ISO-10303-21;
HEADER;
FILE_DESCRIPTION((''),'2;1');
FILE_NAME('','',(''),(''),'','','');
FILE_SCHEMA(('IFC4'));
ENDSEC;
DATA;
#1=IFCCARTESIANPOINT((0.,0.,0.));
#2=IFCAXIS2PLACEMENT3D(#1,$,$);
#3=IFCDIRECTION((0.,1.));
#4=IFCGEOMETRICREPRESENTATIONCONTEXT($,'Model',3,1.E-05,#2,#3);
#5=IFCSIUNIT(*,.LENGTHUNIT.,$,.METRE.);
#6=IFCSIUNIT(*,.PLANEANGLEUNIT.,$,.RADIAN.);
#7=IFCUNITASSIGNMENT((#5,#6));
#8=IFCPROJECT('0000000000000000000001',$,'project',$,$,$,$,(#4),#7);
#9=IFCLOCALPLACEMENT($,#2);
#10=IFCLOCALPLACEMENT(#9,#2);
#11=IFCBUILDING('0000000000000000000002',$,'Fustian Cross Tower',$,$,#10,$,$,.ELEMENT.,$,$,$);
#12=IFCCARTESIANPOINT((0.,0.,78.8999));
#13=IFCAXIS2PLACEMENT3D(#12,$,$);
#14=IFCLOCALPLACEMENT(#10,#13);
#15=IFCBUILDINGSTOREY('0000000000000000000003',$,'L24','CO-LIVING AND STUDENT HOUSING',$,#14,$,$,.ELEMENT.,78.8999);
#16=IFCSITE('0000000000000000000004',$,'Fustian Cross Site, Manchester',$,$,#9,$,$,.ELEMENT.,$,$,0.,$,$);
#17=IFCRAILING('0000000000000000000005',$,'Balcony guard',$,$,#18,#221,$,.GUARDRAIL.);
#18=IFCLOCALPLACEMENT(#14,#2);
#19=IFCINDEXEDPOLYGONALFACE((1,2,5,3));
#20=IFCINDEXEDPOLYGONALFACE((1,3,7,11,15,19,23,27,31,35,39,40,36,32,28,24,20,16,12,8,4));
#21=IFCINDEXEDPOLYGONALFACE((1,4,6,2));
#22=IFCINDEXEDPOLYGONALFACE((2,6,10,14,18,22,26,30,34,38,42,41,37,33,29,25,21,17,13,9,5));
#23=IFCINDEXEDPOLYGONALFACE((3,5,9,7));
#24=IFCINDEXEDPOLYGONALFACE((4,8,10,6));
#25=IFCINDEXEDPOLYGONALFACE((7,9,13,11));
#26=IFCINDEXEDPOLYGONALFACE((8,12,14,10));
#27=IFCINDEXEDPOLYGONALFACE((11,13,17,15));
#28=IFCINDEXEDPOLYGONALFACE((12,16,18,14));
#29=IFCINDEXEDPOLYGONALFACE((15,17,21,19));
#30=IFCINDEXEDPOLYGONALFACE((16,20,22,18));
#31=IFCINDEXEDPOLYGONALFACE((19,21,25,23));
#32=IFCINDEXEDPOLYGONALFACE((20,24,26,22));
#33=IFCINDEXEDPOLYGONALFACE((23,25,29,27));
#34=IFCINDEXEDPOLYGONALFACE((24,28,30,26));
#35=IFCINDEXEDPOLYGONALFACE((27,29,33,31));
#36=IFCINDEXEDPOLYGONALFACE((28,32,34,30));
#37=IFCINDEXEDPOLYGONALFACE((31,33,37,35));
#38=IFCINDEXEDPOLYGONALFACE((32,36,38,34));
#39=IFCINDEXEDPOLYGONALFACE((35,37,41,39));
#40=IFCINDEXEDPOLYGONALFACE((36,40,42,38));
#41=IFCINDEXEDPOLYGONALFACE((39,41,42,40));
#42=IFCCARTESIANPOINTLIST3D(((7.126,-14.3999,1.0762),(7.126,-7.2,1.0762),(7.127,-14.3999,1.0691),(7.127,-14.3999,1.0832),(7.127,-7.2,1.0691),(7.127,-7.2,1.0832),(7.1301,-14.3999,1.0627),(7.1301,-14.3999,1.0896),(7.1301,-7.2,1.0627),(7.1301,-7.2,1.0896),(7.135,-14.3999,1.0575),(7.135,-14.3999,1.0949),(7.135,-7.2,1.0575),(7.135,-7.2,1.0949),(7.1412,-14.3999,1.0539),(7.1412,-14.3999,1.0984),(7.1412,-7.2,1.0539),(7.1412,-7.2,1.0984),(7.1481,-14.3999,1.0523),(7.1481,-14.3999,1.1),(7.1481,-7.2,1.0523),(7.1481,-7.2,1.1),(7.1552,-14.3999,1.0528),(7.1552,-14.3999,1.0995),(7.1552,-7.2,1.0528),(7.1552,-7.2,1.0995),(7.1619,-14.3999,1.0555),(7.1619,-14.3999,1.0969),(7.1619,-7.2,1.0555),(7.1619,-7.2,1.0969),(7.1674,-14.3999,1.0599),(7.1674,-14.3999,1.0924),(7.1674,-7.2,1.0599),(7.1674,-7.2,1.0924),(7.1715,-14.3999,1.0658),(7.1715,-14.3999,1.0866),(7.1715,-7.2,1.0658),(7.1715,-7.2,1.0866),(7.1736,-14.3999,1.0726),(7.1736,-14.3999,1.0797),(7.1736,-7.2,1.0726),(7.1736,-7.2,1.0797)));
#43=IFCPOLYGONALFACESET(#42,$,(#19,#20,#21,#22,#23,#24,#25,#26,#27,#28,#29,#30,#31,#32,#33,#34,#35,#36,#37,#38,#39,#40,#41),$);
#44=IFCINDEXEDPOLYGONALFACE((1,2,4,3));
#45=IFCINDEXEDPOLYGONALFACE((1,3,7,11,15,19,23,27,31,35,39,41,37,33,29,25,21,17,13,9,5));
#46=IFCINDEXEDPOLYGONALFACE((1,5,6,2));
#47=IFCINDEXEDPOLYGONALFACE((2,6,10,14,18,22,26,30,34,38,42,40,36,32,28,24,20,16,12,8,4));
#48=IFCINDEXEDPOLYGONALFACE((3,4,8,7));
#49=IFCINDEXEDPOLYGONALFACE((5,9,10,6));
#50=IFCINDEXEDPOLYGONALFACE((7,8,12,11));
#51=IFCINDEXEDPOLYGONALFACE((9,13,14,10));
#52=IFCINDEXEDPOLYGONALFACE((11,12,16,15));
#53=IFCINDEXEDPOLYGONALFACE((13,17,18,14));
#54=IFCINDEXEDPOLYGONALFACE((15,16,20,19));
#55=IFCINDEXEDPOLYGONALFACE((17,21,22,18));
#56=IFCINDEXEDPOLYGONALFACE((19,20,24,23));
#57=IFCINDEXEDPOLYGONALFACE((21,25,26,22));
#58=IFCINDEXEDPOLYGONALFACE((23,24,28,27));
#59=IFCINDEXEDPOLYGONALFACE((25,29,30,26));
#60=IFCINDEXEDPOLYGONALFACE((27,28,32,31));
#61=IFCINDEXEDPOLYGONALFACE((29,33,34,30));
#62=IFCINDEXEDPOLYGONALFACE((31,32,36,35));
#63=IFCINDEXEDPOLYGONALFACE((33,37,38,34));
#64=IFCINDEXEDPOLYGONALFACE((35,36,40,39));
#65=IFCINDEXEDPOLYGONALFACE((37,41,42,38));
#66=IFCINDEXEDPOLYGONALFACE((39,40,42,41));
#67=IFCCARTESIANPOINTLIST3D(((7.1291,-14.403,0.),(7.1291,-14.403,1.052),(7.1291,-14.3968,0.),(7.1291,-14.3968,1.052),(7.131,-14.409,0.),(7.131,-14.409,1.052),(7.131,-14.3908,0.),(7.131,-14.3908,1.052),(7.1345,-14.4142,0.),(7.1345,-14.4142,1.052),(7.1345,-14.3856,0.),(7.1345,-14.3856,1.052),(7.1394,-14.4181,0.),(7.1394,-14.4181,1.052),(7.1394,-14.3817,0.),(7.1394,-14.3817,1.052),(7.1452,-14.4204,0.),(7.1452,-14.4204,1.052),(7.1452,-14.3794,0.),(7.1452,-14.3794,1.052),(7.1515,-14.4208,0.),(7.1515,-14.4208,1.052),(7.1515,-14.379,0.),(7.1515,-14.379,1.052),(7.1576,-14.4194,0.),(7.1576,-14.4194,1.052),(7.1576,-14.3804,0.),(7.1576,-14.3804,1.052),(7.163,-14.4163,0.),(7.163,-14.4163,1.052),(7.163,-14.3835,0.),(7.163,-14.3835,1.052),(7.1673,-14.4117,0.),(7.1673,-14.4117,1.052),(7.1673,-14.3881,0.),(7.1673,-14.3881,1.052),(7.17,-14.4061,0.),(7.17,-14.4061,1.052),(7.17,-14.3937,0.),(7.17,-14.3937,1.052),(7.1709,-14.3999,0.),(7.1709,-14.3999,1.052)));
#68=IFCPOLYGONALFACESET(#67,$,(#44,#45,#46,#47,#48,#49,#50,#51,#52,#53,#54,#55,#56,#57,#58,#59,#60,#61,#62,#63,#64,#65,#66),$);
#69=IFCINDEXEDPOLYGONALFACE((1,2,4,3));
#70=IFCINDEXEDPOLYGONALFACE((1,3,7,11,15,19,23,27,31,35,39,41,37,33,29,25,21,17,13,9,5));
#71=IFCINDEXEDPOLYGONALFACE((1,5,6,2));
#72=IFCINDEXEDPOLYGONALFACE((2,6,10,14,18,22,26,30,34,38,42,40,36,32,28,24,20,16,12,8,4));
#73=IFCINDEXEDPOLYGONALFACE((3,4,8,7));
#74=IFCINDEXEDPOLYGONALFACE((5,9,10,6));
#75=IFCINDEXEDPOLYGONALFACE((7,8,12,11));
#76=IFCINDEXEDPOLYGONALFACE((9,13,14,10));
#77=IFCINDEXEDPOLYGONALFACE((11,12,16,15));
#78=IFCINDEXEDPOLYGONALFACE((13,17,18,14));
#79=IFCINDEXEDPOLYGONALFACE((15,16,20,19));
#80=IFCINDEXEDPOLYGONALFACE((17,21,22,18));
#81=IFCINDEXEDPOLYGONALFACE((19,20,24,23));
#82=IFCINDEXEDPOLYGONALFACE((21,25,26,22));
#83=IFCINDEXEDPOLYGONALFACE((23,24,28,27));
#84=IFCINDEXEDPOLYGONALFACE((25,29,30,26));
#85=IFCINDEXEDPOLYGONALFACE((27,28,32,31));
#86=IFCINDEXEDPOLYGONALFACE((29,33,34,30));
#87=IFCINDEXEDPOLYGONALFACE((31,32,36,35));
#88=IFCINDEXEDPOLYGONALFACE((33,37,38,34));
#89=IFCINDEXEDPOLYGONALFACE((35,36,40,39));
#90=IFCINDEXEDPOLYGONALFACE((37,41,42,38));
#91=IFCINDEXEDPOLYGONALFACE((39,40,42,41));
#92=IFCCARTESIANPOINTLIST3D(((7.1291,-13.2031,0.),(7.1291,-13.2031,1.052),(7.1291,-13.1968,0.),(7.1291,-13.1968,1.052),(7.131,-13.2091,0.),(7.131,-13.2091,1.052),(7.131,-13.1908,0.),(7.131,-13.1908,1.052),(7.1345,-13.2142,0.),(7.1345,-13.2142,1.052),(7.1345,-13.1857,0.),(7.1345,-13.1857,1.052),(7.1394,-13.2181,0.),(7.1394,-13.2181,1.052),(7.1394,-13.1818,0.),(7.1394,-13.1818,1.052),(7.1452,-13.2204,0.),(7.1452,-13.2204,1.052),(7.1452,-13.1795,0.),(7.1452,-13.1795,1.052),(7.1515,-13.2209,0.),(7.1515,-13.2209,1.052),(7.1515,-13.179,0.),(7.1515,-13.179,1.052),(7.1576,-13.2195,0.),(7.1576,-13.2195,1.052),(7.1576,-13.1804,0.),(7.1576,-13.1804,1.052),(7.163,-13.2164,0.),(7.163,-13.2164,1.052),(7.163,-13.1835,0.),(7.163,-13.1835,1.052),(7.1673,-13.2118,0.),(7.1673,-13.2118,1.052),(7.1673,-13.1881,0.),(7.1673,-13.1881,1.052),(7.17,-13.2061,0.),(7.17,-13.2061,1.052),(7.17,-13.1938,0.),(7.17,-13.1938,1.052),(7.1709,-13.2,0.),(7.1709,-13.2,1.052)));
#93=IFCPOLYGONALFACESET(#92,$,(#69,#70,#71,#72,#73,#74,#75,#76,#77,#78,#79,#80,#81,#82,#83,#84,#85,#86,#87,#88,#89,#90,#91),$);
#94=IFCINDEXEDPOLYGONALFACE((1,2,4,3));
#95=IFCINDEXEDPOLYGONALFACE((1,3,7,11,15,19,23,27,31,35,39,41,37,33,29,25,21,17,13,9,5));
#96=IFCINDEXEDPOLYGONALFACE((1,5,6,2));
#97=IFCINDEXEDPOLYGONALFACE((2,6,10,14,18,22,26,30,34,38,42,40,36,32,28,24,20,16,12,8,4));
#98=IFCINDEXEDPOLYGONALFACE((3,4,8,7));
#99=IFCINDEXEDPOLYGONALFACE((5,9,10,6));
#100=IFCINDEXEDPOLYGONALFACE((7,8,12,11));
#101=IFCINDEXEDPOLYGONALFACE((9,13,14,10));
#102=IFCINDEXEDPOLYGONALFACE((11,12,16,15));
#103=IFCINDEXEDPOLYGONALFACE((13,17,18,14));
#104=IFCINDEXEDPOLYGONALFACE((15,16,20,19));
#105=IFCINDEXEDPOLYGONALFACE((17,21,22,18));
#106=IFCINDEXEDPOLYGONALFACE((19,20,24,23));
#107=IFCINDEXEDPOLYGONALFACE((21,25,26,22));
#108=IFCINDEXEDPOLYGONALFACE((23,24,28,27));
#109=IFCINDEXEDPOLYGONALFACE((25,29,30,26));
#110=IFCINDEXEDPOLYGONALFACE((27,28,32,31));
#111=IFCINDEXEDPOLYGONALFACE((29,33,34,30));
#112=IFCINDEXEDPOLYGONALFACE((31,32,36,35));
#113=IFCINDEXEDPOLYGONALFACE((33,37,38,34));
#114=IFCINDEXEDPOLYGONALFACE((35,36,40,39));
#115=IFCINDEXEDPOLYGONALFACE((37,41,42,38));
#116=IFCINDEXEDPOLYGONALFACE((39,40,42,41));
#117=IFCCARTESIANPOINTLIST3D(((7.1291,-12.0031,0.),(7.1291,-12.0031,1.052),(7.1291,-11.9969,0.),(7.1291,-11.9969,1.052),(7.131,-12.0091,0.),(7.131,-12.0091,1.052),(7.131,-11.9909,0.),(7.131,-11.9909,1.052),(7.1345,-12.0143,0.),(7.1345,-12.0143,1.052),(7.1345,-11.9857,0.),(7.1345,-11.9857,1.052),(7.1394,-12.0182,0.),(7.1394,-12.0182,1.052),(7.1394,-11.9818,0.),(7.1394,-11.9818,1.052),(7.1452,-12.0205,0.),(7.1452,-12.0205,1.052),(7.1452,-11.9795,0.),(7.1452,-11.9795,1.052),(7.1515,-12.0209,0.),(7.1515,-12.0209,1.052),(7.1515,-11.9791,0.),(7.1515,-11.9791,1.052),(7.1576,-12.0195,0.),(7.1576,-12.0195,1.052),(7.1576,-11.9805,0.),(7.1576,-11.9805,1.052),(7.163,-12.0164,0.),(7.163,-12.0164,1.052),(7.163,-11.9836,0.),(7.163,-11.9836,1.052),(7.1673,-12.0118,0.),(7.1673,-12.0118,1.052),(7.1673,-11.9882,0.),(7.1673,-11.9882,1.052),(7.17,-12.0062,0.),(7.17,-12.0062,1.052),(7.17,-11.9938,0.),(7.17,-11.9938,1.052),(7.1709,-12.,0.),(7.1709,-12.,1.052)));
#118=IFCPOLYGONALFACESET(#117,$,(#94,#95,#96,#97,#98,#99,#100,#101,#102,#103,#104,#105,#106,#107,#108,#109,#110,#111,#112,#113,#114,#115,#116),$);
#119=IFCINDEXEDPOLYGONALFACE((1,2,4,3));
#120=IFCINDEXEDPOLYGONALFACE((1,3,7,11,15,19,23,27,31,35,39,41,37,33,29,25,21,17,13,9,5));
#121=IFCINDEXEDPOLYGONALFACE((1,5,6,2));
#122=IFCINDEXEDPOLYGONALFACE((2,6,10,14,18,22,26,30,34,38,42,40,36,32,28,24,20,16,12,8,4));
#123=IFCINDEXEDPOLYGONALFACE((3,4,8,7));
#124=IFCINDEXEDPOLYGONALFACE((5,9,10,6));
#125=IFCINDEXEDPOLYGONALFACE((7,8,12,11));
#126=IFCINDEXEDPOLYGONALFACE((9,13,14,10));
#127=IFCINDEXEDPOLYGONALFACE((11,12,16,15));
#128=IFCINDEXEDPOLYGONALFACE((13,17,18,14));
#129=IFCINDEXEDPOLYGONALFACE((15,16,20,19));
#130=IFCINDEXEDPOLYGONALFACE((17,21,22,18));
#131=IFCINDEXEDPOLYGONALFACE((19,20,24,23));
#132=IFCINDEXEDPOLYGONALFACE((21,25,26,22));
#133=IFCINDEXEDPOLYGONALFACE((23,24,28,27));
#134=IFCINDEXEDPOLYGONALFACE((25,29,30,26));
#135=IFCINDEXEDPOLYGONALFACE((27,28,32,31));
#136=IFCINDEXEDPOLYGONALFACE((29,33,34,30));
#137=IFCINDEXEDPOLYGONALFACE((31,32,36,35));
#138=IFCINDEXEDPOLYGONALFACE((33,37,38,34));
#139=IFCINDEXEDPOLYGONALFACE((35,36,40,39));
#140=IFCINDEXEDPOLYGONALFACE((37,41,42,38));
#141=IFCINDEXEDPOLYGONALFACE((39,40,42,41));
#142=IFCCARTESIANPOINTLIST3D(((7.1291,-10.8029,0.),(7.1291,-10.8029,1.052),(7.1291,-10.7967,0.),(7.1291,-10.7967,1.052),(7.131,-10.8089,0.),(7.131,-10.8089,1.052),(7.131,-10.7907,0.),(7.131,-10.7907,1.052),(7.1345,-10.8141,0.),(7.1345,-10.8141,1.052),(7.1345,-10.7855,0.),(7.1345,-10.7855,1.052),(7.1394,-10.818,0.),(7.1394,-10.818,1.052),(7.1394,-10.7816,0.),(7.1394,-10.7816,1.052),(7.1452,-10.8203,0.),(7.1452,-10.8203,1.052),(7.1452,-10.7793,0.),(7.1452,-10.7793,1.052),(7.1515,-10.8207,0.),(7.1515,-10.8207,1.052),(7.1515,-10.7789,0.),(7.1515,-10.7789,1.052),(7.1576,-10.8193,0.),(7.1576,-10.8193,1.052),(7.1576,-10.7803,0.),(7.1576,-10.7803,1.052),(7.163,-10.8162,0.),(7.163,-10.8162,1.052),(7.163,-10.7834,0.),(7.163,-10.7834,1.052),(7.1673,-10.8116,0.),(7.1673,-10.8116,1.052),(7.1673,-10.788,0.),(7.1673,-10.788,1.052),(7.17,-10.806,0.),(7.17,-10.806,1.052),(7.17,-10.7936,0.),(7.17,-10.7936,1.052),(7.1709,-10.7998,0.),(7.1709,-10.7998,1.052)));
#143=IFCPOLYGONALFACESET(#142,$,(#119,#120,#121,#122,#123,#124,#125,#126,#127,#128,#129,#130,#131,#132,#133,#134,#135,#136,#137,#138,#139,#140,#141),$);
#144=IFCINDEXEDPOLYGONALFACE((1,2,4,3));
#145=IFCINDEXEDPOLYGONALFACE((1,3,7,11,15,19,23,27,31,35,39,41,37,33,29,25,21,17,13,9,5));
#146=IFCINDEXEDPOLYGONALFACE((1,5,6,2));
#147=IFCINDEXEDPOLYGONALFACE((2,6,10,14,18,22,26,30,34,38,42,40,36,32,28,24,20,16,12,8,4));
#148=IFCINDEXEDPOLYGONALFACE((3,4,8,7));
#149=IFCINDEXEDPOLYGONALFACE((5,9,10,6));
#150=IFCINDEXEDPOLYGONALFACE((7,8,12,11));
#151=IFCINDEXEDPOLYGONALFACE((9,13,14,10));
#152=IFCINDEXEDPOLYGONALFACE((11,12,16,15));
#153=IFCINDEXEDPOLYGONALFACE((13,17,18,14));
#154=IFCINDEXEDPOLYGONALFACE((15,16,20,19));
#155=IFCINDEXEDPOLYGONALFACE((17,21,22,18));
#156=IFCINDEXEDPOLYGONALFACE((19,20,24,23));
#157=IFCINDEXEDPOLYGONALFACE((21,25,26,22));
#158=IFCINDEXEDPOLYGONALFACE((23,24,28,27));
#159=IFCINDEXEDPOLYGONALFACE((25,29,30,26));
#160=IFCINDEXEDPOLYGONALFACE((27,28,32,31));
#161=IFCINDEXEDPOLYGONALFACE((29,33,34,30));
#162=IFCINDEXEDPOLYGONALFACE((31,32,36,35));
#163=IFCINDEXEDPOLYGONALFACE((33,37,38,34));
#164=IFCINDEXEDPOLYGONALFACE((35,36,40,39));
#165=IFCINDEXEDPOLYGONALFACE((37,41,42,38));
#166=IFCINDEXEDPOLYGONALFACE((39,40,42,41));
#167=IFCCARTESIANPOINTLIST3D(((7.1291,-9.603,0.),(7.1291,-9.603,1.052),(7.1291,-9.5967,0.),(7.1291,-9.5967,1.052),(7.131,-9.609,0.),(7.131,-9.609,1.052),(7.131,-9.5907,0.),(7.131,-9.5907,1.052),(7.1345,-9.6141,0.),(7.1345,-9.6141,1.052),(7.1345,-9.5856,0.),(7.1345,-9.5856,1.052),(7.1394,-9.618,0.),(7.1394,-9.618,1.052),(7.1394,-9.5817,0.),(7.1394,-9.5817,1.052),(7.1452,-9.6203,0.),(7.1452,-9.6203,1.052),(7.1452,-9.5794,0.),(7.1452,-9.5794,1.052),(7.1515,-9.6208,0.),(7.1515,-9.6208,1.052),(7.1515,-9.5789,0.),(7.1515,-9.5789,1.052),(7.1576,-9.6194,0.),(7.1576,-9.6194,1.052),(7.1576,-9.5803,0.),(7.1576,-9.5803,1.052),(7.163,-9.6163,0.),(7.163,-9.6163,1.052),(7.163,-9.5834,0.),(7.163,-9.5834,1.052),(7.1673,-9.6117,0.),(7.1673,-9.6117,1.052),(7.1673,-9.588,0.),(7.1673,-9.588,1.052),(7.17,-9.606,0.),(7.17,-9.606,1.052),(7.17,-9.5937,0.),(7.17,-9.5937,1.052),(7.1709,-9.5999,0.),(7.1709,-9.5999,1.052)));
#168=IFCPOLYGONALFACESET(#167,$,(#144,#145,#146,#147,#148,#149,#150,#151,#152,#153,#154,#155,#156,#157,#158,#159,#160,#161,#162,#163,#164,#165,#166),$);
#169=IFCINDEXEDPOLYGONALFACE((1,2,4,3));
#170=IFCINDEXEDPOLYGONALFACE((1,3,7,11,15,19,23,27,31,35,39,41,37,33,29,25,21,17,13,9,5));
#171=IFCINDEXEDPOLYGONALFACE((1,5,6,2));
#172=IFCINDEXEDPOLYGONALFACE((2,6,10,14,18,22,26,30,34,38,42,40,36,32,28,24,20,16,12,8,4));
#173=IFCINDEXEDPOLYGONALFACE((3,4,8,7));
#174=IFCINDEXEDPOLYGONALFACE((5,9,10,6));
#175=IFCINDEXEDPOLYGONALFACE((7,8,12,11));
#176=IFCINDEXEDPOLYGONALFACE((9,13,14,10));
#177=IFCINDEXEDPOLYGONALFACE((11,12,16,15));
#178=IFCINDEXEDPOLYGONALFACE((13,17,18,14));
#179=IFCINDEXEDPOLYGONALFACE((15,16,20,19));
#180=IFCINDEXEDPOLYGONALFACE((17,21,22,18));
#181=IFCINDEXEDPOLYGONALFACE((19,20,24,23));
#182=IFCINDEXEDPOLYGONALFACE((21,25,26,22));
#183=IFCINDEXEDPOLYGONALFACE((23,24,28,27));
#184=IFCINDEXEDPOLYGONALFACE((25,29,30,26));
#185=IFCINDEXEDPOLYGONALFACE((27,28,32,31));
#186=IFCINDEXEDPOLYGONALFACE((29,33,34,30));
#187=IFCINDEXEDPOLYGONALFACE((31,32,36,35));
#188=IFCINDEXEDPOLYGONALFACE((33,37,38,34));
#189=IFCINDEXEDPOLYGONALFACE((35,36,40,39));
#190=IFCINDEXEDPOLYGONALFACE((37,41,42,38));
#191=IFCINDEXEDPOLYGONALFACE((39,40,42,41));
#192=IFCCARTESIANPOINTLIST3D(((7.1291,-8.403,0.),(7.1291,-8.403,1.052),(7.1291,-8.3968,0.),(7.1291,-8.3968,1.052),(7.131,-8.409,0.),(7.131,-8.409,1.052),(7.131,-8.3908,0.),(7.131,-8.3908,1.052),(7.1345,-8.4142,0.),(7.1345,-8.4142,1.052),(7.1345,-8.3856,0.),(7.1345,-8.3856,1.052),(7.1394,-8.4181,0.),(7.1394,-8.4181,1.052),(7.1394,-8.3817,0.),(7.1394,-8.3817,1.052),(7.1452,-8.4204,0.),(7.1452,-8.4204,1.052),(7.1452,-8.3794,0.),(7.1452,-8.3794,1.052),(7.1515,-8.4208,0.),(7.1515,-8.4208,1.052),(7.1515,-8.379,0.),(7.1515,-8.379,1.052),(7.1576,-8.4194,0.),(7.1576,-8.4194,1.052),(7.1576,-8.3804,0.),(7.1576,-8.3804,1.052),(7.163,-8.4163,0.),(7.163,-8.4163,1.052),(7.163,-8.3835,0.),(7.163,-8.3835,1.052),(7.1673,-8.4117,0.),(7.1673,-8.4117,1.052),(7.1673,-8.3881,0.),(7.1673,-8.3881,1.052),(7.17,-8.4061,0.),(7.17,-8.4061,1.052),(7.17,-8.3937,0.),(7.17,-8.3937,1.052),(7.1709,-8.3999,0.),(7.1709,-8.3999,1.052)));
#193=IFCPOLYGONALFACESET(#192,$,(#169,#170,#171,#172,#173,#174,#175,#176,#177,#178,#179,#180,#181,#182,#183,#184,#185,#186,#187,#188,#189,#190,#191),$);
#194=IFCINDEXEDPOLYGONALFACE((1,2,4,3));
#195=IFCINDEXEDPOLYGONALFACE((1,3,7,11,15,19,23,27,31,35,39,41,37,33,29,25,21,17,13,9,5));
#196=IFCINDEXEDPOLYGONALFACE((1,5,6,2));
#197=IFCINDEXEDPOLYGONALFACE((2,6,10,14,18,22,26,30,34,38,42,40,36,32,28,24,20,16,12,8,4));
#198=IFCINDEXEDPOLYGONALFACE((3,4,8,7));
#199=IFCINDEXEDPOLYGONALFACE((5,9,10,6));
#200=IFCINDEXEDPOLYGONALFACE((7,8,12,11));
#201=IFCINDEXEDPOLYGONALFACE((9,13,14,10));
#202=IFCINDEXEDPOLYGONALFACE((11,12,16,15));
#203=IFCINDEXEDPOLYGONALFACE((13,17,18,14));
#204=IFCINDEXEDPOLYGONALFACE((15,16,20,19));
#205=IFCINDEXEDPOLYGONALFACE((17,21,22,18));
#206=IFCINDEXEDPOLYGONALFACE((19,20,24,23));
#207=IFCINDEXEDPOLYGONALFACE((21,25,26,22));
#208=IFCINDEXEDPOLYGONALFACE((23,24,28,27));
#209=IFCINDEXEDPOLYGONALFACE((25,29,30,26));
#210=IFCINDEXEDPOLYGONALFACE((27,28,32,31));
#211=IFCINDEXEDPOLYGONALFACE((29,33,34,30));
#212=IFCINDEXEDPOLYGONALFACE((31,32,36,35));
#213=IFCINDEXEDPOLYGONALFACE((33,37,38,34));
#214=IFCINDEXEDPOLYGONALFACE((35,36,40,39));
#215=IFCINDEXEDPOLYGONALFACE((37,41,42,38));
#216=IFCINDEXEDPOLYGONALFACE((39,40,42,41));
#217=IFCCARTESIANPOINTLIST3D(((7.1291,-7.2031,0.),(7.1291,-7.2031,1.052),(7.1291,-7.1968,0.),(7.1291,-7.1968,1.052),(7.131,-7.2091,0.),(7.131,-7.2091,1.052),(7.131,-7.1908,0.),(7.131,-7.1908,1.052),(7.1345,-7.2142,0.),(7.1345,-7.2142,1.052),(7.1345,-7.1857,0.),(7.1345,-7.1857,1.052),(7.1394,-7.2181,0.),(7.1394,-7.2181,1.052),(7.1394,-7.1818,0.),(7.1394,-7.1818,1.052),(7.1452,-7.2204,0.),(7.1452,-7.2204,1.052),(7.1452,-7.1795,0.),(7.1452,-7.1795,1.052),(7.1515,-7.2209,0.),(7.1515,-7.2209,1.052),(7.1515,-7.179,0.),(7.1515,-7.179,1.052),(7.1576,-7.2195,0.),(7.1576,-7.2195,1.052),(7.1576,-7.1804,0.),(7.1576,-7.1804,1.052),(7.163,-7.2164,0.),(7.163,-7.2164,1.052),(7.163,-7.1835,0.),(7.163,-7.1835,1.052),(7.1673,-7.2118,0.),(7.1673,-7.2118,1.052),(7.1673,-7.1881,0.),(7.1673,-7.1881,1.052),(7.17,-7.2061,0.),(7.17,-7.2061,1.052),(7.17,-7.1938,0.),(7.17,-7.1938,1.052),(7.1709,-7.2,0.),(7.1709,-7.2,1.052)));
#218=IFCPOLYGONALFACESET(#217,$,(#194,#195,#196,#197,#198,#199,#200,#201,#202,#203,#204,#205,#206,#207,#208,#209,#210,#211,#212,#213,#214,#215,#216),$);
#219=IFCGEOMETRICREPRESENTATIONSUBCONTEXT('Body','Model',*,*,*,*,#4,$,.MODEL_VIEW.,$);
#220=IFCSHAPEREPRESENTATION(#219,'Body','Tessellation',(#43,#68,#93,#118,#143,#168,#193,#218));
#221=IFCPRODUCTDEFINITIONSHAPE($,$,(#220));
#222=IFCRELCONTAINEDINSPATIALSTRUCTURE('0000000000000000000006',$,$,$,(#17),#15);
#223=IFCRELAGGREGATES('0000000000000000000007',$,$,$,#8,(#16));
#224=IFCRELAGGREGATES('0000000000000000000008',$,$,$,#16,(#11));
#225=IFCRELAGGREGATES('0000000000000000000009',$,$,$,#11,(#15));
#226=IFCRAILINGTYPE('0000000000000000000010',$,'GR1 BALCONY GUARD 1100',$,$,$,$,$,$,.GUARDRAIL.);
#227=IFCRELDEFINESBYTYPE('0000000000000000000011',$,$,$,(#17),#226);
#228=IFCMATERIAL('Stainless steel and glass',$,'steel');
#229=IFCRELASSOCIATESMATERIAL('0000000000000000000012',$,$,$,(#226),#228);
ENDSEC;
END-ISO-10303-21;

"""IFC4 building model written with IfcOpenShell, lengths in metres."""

from ifc_helpers import new_model, si_unit, direction, frame, origin, origin_2d, place, context, subcontext, project, spatial, circle, extrude, material, type_object, element, save


model = new_model("IFC4")

# Units and contexts
model_context = context("Model", 3, precision=1e-05, world=origin(), true_north=direction((0.0, 1.0)))
body_context = subcontext(model_context, "Body", "Model", "MODEL_VIEW")
ifc_project = project(units=[si_unit("LENGTHUNIT", "METRE"), si_unit("PLANEANGLEUNIT", "RADIAN")], contexts=[model_context])

# Site, building, storey
site_placement = place(None, origin())
site = spatial("IfcSite", under=ifc_project, at=site_placement, Name="Fustian Cross Site, Manchester", CompositionType="ELEMENT", RefElevation=0.0)
building_placement = place(site_placement, origin())
building = spatial("IfcBuilding", under=site, at=building_placement, Name="Fustian Cross Tower", CompositionType="ELEMENT")
storey_placement = place(building_placement, frame((0.0, 0.0, 78.8999)))
storey = spatial("IfcBuildingStorey", under=building, at=storey_placement, Name="L24", Description="CO-LIVING AND STUDENT HOUSING", CompositionType="ELEMENT", Elevation=78.8999)

# Railing
ifc_material_1 = material(Name="Stainless steel and glass", Category="steel")
railing_type = type_object("IfcRailingType", Name="GR1 BALCONY GUARD 1100", PredefinedType="GUARDRAIL", material=ifc_material_1)
railing_placement = place(storey_placement, frame((7.1499, -14.3999, 0.0)))
element("IfcRailing", 1, at=railing_placement, inside=storey, type_object=railing_type, Name="Balcony guard", PredefinedType="GUARDRAIL", context=body_context, shape_type="SweptSolid", body=[
    extrude(circle(Radius=0.0239, at=origin_2d()), frame((0.0, 0.0, 1.0762), z_axis=(0.0, 1.0, 0.0), x_axis=(-1.0, 0.0, 0.0)), (0.0, 0.0, 1.0), 7.2),
    extrude(circle(Radius=0.021, at=origin_2d()), origin(), (0.0, 0.0, 1.0), 1.052),
    extrude(circle(Radius=0.021, at=origin_2d()), frame((0.0, 1.2, 0.0)), (0.0, 0.0, 1.0), 1.052),
    extrude(circle(Radius=0.021, at=origin_2d()), frame((0.0, 2.3999, 0.0)), (0.0, 0.0, 1.0), 1.052),
    extrude(circle(Radius=0.021, at=origin_2d()), frame((0.0, 3.6001, 0.0)), (0.0, 0.0, 1.0), 1.052),
    extrude(circle(Radius=0.021, at=origin_2d()), frame((0.0, 4.8, 0.0)), (0.0, 0.0, 1.0), 1.052),
    extrude(circle(Radius=0.021, at=origin_2d()), frame((0.0, 6.0, 0.0)), (0.0, 0.0, 1.0), 1.052),
    extrude(circle(Radius=0.021, at=origin_2d()), frame((0.0, 7.2, 0.0)), (0.0, 0.0, 1.0), 1.052),
])

save(model, "model.ifc")
